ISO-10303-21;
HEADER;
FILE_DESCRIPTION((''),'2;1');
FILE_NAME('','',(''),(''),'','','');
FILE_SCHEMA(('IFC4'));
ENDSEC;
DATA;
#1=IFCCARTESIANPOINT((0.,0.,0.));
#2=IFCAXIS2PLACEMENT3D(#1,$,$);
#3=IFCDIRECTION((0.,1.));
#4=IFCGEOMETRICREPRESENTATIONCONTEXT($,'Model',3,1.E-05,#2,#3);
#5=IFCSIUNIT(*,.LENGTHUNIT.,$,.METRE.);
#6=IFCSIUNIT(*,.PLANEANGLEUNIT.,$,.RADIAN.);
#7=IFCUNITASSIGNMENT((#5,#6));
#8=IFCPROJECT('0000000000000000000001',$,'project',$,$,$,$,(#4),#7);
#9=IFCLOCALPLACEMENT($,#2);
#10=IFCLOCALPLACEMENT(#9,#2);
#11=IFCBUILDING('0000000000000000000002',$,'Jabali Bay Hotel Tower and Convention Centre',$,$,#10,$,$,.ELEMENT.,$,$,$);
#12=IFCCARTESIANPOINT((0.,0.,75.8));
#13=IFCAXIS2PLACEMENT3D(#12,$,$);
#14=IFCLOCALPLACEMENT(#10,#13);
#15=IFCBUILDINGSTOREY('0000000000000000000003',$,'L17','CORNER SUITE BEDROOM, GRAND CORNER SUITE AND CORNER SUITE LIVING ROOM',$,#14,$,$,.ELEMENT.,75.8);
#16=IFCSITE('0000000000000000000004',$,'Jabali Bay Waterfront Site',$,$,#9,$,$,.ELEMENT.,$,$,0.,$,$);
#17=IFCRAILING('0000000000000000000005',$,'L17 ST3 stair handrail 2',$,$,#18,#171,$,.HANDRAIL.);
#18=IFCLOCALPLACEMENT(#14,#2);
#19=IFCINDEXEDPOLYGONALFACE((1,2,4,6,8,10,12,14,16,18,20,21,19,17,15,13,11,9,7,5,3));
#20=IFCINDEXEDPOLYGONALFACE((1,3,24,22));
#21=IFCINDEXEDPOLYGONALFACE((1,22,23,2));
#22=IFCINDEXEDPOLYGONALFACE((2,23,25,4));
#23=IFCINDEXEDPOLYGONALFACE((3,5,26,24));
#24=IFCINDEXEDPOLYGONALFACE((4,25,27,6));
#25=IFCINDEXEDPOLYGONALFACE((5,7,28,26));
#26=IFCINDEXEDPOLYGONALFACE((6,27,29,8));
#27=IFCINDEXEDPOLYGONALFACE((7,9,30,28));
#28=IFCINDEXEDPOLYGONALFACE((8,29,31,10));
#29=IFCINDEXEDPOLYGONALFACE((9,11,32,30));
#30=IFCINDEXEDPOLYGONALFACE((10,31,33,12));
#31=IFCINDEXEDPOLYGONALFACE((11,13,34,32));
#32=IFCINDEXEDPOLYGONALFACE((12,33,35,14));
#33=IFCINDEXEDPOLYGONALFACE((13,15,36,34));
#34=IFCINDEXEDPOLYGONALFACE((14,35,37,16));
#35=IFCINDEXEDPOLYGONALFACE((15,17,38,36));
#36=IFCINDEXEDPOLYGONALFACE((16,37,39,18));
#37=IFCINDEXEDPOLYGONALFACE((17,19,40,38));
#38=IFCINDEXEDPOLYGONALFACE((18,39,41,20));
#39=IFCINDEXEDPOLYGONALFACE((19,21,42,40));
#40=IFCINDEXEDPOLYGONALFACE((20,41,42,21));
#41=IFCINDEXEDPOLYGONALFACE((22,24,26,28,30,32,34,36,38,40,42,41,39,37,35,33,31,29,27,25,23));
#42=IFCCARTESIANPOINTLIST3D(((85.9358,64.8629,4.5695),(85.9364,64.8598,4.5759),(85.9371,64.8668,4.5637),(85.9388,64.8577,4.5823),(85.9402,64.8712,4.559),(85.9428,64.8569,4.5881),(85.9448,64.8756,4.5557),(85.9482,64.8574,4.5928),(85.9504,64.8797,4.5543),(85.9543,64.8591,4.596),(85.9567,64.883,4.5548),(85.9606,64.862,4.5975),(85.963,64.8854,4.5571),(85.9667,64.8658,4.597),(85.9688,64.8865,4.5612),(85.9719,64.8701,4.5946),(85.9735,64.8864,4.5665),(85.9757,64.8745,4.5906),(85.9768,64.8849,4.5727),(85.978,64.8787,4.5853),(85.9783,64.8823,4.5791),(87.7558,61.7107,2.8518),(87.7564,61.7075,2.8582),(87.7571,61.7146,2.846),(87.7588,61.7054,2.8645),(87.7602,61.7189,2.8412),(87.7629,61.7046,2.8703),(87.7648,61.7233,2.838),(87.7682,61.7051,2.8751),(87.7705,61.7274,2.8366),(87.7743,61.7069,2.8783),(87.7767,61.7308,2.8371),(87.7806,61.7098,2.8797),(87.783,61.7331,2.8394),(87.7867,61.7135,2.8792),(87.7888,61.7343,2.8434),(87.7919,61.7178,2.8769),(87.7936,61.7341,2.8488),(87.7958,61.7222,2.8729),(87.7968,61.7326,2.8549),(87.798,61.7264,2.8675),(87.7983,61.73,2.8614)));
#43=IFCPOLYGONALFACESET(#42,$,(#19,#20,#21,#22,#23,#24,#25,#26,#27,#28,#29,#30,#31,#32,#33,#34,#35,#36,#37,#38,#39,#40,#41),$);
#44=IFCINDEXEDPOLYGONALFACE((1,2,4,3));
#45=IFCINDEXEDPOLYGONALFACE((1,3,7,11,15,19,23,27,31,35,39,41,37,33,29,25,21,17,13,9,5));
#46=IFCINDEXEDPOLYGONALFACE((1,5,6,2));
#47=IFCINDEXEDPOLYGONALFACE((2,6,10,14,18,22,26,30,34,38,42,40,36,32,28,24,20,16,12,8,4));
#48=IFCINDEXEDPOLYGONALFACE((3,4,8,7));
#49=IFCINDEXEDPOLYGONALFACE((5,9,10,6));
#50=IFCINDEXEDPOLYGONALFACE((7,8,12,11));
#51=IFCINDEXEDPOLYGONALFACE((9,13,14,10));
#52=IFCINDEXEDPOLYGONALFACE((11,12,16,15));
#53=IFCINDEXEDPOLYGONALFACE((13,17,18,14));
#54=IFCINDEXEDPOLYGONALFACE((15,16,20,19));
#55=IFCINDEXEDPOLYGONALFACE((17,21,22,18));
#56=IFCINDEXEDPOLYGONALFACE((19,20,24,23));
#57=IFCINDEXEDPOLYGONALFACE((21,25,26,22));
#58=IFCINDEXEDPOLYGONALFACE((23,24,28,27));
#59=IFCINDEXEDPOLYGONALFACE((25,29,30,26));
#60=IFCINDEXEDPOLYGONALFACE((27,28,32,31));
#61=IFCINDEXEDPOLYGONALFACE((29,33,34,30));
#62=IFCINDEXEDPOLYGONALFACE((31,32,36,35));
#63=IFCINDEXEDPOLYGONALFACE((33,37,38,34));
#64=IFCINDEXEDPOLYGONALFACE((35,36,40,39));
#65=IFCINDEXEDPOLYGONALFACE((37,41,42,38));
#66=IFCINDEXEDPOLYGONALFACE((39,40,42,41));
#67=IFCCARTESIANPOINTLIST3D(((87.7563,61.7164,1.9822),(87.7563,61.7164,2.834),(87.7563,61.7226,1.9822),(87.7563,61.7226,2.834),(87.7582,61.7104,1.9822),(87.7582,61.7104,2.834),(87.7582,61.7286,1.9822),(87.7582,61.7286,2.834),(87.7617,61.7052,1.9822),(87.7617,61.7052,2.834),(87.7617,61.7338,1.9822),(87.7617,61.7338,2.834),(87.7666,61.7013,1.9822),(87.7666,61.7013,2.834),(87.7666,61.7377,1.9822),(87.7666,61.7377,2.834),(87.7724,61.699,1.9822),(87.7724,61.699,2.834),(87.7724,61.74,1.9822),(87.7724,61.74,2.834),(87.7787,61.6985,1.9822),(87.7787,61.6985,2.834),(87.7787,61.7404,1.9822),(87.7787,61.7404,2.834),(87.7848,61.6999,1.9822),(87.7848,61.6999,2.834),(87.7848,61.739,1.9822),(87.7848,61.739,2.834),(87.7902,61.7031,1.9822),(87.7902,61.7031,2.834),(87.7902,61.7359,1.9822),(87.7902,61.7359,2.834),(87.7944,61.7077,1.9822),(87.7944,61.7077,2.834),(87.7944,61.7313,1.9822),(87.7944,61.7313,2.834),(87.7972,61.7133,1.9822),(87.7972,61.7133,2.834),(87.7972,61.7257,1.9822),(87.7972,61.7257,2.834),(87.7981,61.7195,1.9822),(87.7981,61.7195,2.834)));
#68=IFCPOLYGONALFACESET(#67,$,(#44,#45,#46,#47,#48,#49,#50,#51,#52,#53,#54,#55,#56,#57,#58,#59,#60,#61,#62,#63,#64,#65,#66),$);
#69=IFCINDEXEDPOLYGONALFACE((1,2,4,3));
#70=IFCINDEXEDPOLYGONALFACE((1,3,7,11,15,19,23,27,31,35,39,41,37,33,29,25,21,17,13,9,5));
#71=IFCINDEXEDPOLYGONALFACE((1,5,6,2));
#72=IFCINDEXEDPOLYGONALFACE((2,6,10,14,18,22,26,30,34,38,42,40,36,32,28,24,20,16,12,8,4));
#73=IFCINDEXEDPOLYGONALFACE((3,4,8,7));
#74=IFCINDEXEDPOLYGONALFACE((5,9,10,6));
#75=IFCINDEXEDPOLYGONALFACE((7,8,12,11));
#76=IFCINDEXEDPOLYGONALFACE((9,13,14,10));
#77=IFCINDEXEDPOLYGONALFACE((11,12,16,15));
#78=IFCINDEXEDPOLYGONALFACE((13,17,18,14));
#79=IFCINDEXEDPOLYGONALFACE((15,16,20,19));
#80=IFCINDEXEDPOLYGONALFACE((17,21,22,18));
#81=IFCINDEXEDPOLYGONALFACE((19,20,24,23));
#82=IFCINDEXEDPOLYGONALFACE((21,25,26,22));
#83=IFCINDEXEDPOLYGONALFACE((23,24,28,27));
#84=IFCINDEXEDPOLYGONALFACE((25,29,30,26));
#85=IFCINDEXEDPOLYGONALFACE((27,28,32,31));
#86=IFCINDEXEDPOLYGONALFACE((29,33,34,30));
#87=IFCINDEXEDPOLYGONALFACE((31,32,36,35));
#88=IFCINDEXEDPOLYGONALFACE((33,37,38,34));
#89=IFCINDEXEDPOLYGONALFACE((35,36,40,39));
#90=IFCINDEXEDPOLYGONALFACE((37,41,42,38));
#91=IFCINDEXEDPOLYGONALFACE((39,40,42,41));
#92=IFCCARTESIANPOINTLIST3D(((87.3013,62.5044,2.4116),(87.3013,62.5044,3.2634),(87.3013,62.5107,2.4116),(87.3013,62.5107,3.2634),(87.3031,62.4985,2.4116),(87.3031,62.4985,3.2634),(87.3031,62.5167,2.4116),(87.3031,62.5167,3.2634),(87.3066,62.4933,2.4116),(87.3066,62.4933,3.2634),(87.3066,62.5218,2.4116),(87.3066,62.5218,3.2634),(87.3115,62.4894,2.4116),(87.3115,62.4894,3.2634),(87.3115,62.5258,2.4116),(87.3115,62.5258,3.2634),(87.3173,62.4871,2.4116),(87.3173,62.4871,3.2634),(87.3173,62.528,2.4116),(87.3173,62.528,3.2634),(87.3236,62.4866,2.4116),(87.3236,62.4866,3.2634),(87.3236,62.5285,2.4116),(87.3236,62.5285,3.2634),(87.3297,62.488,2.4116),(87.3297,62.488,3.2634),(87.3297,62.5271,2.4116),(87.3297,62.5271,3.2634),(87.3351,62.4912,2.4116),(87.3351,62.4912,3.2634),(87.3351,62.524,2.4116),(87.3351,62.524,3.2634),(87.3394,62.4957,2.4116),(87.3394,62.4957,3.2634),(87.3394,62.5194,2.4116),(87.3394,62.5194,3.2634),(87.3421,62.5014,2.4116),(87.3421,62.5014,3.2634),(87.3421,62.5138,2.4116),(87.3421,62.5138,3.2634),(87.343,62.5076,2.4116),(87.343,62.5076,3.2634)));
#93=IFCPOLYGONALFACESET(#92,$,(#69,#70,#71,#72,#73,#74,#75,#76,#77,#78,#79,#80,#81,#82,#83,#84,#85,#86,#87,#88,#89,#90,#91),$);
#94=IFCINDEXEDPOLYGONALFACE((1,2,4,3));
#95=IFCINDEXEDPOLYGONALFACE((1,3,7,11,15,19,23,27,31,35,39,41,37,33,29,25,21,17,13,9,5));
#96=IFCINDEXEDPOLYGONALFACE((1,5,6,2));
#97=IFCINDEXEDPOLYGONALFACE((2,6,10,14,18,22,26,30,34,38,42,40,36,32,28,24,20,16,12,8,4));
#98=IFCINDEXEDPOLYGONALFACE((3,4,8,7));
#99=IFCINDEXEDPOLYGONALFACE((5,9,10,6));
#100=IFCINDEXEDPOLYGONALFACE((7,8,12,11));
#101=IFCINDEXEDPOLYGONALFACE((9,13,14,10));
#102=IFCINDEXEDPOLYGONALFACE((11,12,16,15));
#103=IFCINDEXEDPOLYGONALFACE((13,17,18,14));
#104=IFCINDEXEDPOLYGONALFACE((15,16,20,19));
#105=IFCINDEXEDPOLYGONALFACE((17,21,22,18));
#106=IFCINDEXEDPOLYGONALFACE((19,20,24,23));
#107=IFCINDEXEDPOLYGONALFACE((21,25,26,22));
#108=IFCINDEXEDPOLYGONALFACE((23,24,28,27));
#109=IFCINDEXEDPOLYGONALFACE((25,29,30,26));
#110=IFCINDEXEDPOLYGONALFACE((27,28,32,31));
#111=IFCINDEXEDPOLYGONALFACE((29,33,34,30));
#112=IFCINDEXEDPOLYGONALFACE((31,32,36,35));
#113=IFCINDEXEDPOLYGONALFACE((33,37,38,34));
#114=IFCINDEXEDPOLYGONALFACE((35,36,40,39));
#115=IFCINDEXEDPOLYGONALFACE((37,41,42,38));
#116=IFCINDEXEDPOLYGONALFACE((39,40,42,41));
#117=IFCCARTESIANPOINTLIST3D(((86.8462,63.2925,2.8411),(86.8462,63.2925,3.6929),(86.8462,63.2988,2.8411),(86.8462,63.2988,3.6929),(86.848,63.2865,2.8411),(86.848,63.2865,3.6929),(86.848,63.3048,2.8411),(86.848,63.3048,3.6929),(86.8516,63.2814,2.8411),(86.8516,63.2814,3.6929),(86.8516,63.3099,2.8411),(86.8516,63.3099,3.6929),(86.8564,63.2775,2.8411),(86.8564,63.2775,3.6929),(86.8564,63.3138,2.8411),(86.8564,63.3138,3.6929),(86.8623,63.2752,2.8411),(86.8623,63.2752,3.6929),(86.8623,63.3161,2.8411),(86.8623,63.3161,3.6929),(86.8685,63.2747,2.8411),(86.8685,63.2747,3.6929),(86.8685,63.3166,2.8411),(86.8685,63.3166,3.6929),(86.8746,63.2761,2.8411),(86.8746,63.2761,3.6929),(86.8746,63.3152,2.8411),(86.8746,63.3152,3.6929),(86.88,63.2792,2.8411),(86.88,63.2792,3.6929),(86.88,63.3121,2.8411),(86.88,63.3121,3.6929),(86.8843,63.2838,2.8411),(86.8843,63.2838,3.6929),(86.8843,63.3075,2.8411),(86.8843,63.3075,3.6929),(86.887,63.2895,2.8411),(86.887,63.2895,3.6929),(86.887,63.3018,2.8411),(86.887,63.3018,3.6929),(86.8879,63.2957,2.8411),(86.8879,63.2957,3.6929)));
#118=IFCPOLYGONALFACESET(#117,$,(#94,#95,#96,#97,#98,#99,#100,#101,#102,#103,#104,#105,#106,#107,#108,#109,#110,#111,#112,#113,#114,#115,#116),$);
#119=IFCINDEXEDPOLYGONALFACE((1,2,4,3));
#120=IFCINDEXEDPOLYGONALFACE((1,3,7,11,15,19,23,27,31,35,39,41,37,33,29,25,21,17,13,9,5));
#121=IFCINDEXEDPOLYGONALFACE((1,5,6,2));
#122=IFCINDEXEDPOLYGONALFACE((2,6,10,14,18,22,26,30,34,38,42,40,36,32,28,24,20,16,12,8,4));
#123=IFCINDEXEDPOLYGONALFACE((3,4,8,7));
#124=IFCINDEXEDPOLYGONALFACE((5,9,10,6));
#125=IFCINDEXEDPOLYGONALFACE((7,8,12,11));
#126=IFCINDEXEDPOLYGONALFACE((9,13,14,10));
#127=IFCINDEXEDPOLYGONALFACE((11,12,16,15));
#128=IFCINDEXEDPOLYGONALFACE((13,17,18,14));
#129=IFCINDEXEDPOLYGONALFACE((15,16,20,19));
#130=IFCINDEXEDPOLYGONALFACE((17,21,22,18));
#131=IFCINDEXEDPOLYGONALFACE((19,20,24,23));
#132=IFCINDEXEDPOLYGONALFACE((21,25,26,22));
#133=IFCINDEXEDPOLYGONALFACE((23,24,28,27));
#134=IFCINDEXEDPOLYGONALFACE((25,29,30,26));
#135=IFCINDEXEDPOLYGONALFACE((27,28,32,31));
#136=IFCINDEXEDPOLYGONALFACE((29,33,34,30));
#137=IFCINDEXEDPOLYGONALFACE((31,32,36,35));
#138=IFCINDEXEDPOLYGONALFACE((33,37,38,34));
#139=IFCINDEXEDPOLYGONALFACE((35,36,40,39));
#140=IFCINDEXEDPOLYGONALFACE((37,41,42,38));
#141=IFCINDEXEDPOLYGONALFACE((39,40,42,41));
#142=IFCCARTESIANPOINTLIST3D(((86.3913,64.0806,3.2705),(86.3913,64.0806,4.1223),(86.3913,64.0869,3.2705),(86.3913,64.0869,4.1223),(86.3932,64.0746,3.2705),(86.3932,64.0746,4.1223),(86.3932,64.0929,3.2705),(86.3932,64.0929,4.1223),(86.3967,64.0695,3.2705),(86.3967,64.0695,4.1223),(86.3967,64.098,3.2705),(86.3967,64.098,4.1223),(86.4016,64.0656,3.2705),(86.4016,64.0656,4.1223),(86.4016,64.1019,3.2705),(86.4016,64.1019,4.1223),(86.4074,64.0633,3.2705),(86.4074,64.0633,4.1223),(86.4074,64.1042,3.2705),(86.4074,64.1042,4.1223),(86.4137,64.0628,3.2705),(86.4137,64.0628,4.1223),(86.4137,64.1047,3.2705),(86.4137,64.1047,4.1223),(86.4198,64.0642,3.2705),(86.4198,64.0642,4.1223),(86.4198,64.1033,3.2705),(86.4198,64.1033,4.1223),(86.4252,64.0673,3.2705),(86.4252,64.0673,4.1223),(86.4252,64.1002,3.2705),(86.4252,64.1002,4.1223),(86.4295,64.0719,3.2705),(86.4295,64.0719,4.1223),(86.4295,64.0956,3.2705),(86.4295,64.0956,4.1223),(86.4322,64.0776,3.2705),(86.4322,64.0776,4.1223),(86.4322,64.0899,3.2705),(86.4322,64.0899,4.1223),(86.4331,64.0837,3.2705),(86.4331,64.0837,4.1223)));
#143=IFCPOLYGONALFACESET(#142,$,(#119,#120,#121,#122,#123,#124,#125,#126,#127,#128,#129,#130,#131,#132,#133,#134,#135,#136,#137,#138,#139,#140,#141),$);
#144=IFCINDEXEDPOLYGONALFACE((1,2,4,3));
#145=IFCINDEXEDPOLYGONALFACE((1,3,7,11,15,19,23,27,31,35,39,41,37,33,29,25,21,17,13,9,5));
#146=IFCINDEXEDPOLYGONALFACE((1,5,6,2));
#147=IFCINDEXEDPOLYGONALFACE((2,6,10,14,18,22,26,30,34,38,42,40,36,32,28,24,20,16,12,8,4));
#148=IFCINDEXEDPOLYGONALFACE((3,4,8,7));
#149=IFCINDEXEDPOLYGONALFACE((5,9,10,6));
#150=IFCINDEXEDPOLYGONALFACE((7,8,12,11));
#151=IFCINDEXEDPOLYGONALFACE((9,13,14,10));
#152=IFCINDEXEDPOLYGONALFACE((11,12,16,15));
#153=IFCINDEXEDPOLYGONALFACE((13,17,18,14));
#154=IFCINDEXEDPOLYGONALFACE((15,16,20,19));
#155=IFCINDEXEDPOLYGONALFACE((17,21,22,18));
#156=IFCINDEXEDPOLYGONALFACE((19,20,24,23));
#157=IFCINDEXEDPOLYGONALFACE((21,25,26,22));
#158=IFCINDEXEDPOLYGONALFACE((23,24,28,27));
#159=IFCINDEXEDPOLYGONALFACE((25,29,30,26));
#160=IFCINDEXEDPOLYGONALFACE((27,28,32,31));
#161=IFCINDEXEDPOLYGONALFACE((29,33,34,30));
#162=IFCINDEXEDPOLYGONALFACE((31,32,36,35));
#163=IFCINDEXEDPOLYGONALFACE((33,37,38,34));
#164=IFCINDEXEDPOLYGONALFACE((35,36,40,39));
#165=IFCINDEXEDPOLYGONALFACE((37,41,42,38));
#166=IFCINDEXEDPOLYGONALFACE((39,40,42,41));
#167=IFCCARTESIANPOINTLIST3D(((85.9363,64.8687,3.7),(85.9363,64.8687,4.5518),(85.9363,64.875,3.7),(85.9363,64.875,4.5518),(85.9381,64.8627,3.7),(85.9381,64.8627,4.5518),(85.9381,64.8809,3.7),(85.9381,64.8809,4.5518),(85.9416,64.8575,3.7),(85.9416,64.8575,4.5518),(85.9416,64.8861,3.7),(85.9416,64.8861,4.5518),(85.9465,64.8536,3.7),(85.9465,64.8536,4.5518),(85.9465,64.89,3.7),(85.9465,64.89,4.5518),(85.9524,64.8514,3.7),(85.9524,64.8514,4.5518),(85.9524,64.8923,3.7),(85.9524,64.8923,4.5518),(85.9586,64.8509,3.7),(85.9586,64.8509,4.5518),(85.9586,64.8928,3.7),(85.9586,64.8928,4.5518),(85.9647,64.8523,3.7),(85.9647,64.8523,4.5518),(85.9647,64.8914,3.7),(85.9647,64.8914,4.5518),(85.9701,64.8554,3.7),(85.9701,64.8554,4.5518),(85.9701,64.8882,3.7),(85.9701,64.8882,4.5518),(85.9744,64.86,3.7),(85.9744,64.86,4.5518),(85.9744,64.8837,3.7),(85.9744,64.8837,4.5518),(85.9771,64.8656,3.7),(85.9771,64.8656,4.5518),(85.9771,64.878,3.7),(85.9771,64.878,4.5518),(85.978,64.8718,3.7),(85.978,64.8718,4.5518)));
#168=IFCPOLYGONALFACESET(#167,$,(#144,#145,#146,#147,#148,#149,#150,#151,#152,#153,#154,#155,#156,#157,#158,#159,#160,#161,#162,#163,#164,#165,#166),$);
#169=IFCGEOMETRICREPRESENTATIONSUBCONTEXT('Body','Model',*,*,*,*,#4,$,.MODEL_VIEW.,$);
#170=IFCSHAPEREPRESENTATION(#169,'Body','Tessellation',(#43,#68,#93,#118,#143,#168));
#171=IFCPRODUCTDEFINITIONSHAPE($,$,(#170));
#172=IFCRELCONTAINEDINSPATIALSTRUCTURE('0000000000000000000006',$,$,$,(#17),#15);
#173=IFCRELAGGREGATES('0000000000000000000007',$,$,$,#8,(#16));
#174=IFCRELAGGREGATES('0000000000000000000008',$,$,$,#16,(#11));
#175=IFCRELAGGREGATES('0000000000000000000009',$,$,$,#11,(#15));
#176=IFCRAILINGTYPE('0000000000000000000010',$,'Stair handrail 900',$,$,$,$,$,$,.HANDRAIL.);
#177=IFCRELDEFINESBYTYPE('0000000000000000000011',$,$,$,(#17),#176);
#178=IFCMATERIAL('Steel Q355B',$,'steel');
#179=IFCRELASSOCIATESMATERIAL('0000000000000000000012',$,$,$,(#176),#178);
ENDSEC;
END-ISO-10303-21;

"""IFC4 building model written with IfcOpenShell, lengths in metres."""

from ifc_helpers import new_model, si_unit, direction, frame, origin, origin_2d, place, context, subcontext, project, spatial, circle, extrude, material, type_object, element, save


model = new_model("IFC4")

# Units and contexts
model_context = context("Model", 3, precision=1e-05, world=origin(), true_north=direction((0.0, 1.0)))
body_context = subcontext(model_context, "Body", "Model", "MODEL_VIEW")
ifc_project = project(units=[si_unit("LENGTHUNIT", "METRE"), si_unit("PLANEANGLEUNIT", "RADIAN")], contexts=[model_context])

# Site, building, storey
site_placement = place(None, origin())
site = spatial("IfcSite", under=ifc_project, at=site_placement, Name="Jabali Bay Waterfront Site", CompositionType="ELEMENT", RefElevation=0.0)
building_placement = place(site_placement, origin())
building = spatial("IfcBuilding", under=site, at=building_placement, Name="Jabali Bay Hotel Tower and Convention Centre", CompositionType="ELEMENT")
storey_placement = place(building_placement, frame((0.0, 0.0, 75.8)))
storey = spatial("IfcBuildingStorey", under=building, at=storey_placement, Name="L17", Description="CORNER SUITE BEDROOM, GRAND CORNER SUITE AND CORNER SUITE LIVING ROOM", CompositionType="ELEMENT", Elevation=75.8)

# Railing
ifc_material_1 = material(Name="Steel Q355B", Category="steel")
railing_type_1 = type_object("IfcRailingType", Name="Stair handrail 900", PredefinedType="HANDRAIL", material=ifc_material_1)
railing_1_placement = place(storey_placement, frame((87.7771, 61.7195, 1.9822)))
element("IfcRailing", 1, at=railing_1_placement, inside=storey, type_object=railing_type_1, Name="L17 ST3 stair handrail 2", PredefinedType="HANDRAIL", context=body_context, shape_type="SweptSolid", body=[
    extrude(circle(Radius=0.0239, at=origin_2d()), frame((0.0, 0.0, 0.876), z_axis=(-0.45219, 0.78319, 0.426775), x_axis=(-0.866018, -0.500013, 0.0)), (0.0, 0.0, 1.0), 4.0249),
    extrude(circle(Radius=0.021, at=origin_2d()), origin(), (0.0, 0.0, 1.0), 0.8518),
    extrude(circle(Radius=0.021, at=origin_2d()), frame((-0.4551, 0.7881, 0.4294)), (0.0, 0.0, 1.0), 0.8518),
    extrude(circle(Radius=0.021, at=origin_2d()), frame((-0.9102, 1.5762, 0.8589)), (0.0, 0.0, 1.0), 0.8518),
    extrude(circle(Radius=0.021, at=origin_2d()), frame((-1.365, 2.3643, 1.2883)), (0.0, 0.0, 1.0), 0.8518),
    extrude(circle(Radius=0.021, at=origin_2d()), frame((-1.8201, 3.1523, 1.7178)), (0.0, 0.0, 1.0), 0.8518),
])

save(model, "model.ifc")
